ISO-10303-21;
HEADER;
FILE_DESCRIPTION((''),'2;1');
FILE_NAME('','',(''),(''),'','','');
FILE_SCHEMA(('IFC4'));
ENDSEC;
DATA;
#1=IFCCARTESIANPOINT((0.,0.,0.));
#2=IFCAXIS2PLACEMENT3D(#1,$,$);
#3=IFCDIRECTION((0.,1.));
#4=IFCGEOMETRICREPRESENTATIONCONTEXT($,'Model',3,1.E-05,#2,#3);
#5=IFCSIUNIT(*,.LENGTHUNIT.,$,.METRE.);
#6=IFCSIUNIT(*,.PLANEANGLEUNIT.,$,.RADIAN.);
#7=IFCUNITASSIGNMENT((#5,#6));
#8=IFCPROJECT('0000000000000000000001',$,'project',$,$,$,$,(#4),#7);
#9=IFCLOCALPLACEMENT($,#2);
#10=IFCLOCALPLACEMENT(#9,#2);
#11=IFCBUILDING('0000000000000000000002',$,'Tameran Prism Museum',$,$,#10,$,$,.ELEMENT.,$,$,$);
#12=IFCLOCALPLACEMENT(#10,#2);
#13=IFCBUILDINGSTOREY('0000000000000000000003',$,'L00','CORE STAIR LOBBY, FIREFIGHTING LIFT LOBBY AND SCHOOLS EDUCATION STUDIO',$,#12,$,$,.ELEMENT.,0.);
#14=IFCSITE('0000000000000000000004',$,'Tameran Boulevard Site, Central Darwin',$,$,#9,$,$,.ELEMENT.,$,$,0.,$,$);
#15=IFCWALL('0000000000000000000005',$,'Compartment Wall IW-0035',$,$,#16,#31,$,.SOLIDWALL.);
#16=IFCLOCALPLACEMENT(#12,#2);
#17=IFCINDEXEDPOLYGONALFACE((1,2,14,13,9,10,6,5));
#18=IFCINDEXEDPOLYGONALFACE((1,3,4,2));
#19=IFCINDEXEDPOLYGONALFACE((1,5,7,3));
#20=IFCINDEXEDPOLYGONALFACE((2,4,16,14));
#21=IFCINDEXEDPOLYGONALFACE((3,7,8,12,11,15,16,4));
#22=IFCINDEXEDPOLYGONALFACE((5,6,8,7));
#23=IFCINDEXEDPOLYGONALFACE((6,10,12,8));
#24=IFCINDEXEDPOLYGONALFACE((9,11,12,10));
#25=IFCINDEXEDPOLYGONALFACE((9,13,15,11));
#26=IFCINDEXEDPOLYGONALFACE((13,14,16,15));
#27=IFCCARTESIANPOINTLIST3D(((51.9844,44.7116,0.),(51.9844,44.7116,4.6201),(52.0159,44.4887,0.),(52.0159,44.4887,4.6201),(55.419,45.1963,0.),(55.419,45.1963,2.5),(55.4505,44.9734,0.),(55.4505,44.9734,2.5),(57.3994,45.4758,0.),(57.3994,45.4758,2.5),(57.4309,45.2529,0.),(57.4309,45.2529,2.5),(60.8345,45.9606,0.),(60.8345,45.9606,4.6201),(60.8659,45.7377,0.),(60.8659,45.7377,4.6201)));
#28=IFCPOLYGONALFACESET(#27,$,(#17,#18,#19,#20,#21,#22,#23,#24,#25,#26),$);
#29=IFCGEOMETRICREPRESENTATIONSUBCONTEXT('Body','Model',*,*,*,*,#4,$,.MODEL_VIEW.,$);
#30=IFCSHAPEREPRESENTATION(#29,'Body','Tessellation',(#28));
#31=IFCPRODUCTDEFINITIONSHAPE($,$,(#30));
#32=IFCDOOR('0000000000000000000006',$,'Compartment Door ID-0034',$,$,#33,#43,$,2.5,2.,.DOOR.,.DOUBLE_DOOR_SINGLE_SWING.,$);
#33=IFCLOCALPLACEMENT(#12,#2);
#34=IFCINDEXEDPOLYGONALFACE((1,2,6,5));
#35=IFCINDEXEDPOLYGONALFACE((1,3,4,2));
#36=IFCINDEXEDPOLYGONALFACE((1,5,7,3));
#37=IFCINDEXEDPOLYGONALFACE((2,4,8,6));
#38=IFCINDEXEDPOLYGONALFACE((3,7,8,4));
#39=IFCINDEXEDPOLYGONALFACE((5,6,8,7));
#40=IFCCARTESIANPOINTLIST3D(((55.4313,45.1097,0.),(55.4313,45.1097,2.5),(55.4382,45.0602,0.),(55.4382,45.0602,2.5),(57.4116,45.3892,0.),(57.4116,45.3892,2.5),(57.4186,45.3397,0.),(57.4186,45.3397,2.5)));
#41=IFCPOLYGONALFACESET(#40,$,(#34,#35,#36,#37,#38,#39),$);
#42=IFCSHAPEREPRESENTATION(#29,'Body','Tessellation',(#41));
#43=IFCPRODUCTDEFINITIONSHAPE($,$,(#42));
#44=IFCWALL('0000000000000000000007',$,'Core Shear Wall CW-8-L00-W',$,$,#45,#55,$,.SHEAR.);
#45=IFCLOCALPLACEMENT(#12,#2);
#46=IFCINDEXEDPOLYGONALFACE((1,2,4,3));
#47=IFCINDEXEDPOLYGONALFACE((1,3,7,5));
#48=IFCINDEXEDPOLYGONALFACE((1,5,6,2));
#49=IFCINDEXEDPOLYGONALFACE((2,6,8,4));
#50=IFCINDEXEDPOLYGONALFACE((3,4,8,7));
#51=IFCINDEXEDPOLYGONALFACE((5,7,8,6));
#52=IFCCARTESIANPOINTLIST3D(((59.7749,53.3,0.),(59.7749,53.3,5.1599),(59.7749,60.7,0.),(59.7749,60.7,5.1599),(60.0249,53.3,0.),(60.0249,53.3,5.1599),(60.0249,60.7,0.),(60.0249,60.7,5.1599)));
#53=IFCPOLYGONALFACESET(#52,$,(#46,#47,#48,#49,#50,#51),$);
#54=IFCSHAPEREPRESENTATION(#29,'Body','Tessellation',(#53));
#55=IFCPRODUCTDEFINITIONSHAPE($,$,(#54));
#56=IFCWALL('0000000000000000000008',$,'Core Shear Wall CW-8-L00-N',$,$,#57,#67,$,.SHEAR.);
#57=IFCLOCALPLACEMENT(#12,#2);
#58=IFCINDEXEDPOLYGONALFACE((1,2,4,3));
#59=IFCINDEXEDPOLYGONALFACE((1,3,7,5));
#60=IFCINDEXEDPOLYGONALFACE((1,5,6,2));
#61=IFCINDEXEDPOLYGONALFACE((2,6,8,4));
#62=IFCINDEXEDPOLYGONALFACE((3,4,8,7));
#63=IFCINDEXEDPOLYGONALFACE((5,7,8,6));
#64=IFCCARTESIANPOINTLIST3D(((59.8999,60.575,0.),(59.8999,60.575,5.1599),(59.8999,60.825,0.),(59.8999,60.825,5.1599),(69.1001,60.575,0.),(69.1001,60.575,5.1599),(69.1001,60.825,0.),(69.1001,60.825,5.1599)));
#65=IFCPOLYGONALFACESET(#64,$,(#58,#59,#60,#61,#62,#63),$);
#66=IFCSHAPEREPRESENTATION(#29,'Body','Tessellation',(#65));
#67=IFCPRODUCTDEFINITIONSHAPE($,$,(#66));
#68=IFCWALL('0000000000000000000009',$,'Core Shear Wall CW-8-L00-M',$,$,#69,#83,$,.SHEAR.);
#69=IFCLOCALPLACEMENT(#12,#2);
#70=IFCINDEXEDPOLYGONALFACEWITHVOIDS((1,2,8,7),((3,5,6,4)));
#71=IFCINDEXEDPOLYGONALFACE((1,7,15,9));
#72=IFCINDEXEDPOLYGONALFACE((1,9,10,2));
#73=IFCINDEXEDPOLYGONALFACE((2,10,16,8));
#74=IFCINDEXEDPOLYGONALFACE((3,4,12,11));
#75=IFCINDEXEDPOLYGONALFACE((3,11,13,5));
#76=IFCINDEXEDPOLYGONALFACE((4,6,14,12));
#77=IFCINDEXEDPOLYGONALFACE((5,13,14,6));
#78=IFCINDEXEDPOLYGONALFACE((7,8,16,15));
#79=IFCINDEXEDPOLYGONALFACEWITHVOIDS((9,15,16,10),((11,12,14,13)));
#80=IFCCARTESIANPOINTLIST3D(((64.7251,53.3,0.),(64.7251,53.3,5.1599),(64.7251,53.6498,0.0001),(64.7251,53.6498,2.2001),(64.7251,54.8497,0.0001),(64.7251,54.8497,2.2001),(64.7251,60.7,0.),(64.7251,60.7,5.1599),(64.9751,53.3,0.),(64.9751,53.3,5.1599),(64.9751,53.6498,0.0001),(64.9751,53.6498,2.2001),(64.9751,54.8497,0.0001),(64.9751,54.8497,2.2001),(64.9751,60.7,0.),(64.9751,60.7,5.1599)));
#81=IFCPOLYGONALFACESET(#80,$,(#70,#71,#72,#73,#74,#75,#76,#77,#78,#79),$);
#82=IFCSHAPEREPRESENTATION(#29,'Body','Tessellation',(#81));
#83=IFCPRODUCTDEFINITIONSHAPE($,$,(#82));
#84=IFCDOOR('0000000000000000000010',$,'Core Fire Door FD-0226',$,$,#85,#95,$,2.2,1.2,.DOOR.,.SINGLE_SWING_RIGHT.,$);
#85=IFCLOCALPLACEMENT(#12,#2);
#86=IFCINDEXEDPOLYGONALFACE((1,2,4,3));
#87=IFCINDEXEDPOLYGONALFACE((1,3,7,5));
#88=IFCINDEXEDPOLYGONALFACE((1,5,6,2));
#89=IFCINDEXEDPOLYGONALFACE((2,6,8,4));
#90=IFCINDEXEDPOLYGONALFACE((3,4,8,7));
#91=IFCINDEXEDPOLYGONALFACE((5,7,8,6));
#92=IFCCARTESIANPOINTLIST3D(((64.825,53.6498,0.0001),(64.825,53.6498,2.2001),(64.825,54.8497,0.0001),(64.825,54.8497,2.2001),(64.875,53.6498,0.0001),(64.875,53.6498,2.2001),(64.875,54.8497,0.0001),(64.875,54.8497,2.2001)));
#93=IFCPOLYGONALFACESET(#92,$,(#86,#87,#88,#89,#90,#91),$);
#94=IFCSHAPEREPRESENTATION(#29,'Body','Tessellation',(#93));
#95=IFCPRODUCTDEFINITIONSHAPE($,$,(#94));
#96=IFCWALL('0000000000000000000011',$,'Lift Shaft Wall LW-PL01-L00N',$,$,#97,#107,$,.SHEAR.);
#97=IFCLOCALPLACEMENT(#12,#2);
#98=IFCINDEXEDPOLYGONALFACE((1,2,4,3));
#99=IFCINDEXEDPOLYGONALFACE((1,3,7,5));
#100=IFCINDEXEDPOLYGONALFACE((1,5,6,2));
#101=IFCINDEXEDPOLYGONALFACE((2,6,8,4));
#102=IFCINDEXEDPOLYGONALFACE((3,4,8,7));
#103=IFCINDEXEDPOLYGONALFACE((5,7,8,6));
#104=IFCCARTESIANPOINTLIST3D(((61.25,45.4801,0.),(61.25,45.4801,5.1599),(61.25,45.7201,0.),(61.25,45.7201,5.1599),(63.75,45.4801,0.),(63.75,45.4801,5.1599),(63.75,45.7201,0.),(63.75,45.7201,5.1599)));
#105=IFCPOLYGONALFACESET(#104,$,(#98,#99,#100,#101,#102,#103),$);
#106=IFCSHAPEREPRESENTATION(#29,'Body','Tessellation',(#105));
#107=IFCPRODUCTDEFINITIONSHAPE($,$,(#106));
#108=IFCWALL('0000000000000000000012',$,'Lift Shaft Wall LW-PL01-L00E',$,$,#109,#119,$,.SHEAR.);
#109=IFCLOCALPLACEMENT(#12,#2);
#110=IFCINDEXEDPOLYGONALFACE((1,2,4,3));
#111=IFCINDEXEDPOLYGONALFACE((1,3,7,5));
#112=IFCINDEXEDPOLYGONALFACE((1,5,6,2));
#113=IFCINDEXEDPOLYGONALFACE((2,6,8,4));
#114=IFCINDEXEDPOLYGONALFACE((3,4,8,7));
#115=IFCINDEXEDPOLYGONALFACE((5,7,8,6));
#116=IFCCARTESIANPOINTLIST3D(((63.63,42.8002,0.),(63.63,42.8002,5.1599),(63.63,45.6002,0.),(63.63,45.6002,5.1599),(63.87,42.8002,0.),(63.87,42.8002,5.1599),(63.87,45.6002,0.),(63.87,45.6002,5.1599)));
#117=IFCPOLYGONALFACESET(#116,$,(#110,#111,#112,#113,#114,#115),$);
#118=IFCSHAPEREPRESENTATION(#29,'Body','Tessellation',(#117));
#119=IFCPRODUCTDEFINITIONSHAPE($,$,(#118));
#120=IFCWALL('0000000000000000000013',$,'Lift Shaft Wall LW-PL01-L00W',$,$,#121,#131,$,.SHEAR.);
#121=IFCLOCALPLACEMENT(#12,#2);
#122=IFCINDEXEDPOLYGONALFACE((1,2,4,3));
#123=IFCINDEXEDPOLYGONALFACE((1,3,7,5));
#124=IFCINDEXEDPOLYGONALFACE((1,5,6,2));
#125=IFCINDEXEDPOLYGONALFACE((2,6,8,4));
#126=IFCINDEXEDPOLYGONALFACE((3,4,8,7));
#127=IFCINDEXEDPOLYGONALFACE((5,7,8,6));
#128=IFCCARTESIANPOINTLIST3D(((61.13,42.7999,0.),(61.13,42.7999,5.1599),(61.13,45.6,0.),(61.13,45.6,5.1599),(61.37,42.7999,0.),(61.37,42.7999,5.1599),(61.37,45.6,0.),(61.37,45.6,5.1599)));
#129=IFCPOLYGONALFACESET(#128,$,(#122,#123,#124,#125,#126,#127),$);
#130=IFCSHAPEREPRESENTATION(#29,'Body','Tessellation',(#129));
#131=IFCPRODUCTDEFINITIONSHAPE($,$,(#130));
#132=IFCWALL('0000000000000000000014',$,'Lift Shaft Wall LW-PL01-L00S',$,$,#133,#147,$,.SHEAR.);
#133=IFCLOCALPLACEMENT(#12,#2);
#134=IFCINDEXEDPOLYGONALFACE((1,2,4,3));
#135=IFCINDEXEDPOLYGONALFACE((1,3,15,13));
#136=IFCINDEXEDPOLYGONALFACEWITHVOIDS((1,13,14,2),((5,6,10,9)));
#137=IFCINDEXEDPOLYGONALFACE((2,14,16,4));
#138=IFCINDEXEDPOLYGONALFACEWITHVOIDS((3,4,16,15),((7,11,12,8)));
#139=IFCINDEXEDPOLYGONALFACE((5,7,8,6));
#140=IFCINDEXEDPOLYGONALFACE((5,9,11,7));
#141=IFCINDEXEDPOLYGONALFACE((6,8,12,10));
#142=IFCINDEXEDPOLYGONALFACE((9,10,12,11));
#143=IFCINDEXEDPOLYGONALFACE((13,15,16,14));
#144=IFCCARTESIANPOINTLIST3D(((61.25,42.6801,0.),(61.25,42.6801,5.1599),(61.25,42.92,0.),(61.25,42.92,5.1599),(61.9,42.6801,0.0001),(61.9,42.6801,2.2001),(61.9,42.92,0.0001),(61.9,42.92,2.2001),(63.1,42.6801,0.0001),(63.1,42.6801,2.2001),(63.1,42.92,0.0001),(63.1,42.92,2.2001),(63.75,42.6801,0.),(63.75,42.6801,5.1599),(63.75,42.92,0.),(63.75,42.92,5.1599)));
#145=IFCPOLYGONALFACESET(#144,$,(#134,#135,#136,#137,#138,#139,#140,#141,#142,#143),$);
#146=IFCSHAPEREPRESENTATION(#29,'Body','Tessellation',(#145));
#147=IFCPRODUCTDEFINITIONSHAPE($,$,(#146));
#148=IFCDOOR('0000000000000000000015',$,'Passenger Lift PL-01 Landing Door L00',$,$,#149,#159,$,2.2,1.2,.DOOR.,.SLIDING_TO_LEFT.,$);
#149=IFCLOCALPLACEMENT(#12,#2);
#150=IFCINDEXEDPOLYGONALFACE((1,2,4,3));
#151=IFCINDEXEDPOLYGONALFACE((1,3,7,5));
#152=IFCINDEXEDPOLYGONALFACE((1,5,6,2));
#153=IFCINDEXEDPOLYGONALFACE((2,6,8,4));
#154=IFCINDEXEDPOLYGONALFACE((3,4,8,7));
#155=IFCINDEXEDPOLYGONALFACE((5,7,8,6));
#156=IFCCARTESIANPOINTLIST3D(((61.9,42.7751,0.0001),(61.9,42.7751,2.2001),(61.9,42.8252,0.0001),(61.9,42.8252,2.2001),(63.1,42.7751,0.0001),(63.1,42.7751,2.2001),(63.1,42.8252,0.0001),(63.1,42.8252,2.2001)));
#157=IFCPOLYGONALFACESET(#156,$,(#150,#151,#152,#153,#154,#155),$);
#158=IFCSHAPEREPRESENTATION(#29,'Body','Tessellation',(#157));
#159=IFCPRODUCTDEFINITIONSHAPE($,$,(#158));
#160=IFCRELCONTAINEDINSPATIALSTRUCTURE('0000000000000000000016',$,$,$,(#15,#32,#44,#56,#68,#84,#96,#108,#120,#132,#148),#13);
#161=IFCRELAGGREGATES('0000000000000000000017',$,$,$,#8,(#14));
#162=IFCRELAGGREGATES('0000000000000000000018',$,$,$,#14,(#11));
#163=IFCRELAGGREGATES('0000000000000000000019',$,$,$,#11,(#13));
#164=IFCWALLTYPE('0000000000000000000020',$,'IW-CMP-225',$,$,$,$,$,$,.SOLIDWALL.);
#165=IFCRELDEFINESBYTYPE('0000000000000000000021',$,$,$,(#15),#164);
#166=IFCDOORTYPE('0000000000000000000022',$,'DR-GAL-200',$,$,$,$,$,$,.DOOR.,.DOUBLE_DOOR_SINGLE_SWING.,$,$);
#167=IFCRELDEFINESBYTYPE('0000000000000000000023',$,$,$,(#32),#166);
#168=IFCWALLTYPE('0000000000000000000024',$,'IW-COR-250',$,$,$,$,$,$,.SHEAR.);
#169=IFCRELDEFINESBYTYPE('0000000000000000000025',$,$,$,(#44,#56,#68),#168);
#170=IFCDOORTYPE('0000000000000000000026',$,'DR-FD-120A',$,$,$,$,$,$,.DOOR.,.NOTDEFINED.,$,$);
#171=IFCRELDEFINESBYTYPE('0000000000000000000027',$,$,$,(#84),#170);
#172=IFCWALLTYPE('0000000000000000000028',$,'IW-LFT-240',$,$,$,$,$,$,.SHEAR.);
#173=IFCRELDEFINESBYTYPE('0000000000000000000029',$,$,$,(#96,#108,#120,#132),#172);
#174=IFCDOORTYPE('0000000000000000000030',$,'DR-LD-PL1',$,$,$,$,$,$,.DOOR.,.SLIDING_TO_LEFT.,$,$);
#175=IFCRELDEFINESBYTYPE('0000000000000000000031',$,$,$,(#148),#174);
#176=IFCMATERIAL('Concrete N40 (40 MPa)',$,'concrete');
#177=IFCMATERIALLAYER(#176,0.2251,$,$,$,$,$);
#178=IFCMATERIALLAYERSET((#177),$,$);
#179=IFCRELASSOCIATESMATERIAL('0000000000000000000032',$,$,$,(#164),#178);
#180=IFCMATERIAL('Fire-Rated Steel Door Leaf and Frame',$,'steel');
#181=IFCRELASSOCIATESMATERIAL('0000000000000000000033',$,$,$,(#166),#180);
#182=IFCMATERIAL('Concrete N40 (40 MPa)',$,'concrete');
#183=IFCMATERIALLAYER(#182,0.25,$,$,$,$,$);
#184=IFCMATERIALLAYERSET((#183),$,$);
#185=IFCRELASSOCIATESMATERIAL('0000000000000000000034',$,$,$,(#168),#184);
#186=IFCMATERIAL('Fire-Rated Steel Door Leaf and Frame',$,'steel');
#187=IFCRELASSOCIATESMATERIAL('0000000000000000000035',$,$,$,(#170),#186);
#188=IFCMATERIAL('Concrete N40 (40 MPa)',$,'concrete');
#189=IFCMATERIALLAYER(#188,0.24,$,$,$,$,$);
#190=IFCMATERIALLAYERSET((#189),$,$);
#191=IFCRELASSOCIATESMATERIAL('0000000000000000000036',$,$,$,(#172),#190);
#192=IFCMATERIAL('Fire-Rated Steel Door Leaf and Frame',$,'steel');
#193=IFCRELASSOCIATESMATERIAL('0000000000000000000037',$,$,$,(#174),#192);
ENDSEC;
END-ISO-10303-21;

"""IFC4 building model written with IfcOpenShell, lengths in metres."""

from ifc_helpers import new_model, si_unit, direction, frame, frame_2d, origin, place, context, subcontext, project, spatial, rectangle, extrude, material, layer, layer_set, type_object, element, fill, save


model = new_model("IFC4")

# Units and contexts
model_context = context("Model", 3, precision=1e-05, world=origin(), true_north=direction((0.0, 1.0)))
body_context = subcontext(model_context, "Body", "Model", "MODEL_VIEW")
ifc_project = project(units=[si_unit("LENGTHUNIT", "METRE"), si_unit("PLANEANGLEUNIT", "RADIAN")], contexts=[model_context])

# Site, building, storey
site_placement = place(None, origin())
site = spatial("IfcSite", under=ifc_project, at=site_placement, Name="Tameran Boulevard Site, Central Darwin", CompositionType="ELEMENT", RefElevation=0.0)
building_placement = place(site_placement, origin())
building = spatial("IfcBuilding", under=site, at=building_placement, Name="Tameran Prism Museum", CompositionType="ELEMENT")
storey_placement = place(building_placement, origin())
storey = spatial("IfcBuildingStorey", under=building, at=storey_placement, Name="L00", Description="CORE STAIR LOBBY, FIREFIGHTING LIFT LOBBY AND SCHOOLS EDUCATION STUDIO", CompositionType="ELEMENT", Elevation=0.0)

# Wall, opening, door
ifc_material_1 = material(Name="Concrete N40 (40 MPa)", Category="concrete")
ifc_layer_1 = layer(ifc_material_1, 0.2251)
ifc_layer_set_1 = layer_set([ifc_layer_1])
wall_type_1 = type_object("IfcWallType", Name="IW-CMP-225", PredefinedType="SOLIDWALL", material=ifc_layer_set_1)
wall_1_placement = place(storey_placement, frame((60.8501, 45.8491, 0.0), z_axis=(0.0, 0.0, 1.0), x_axis=(-0.990187, -0.139746, 0.0)))
wall_1 = element("IfcWall", 1, at=wall_1_placement, inside=storey, type_object=wall_type_1, Name="Compartment Wall IW-0035", PredefinedType="SOLIDWALL", context=body_context, shape_type="SweptSolid", body=[
    extrude(rectangle(XDim=8.9377, YDim=0.2251, at=frame_2d((4.4688, 0.0))), origin(), (0.0, 0.0, 1.0), 4.6201),
])
opening_1_placement = place(wall_1_placement, frame((3.469, 0.0, 0.0)))
opening_1 = element("IfcOpeningElement", 2, at=opening_1_placement, cuts=wall_1, PredefinedType="OPENING", context=body_context, shape_type="SweptSolid", body=[
    extrude(rectangle(XDim=2.0, YDim=2.5, at=frame_2d((1.0, 1.25))), frame((0.0, 0.1226, 0.0), z_axis=(0.0, -1.0, 0.0), x_axis=(1.0, 0.0, 0.0)), (0.0, 0.0, 1.0), 0.2451),
])
ifc_material_2 = material(Name="Fire-Rated Steel Door Leaf and Frame", Category="steel")
door_type_1 = type_object("IfcDoorType", Name="DR-GAL-200", OperationType="DOUBLE_DOOR_SINGLE_SWING", PredefinedType="DOOR", material=ifc_material_2)
door_1_placement = place(opening_1_placement, origin())
door_1 = element("IfcDoor", 3, at=door_1_placement, inside=storey, type_object=door_type_1, Name="Compartment Door ID-0034", OperationType="DOUBLE_DOOR_SINGLE_SWING", OverallHeight=2.5, OverallWidth=2.0, PredefinedType="DOOR", context=body_context, shape_type="SweptSolid", body=[
    extrude(rectangle(XDim=2.0, YDim=2.5, at=frame_2d((1.0, 1.25))), frame((0.0, 0.0249, 0.0), z_axis=(0.0, -1.0, 0.0), x_axis=(1.0, 0.0, 0.0)), (0.0, 0.0, 1.0), 0.05),
])
fill(opening_1, door_1)

# Walls
ifc_material_3 = material(Name="Concrete N40 (40 MPa)", Category="concrete")
ifc_layer_2 = layer(ifc_material_3, 0.25)
ifc_layer_set_2 = layer_set([ifc_layer_2])
wall_type_2 = type_object("IfcWallType", Name="IW-COR-250", PredefinedType="SHEAR", material=ifc_layer_set_2)
wall_2_placement = place(storey_placement, frame((59.8999, 53.3, 0.0), z_axis=(0.0, 0.0, 1.0), x_axis=(0.0, 1.0, 0.0)))
element("IfcWall", 4, at=wall_2_placement, inside=storey, type_object=wall_type_2, Name="Core Shear Wall CW-8-L00-W", PredefinedType="SHEAR", context=body_context, shape_type="SweptSolid", body=[
    extrude(rectangle(XDim=7.3999, YDim=0.25, at=frame_2d((3.7, 0.0))), origin(), (0.0, 0.0, 1.0), 5.1599),
])
wall_3_placement = place(storey_placement, frame((59.8999, 60.7, 0.0), z_axis=(0.0, 0.0, 1.0), x_axis=(1.0, 0.0, 0.0)))
element("IfcWall", 5, at=wall_3_placement, inside=storey, type_object=wall_type_2, Name="Core Shear Wall CW-8-L00-N", PredefinedType="SHEAR", context=body_context, shape_type="SweptSolid", body=[
    extrude(rectangle(XDim=9.2002, YDim=0.25, at=frame_2d((4.6001, 0.0))), origin(), (0.0, 0.0, 1.0), 5.1599),
])

# Wall, opening, door
wall_4_placement = place(storey_placement, frame((64.8501, 60.7, 0.0), z_axis=(0.0, 0.0, 1.0), x_axis=(0.0, -1.0, 0.0)))
wall_4 = element("IfcWall", 6, at=wall_4_placement, inside=storey, type_object=wall_type_2, Name="Core Shear Wall CW-8-L00-M", PredefinedType="SHEAR", context=body_context, shape_type="SweptSolid", body=[
    extrude(rectangle(XDim=7.3999, YDim=0.25, at=frame_2d((3.7, 0.0))), origin(), (0.0, 0.0, 1.0), 5.1599),
])
opening_2_placement = place(wall_4_placement, frame((5.8501, 0.0, 0.0)))
opening_2 = element("IfcOpeningElement", 7, at=opening_2_placement, cuts=wall_4, PredefinedType="OPENING", context=body_context, shape_type="SweptSolid", body=[
    extrude(rectangle(XDim=1.2, YDim=2.2, at=frame_2d((0.6001, 1.1001))), frame((0.0, 0.135, 0.0), z_axis=(0.0, -1.0, 0.0), x_axis=(1.0, 0.0, 0.0)), (0.0, 0.0, 1.0), 0.27),
])
ifc_material_4 = material(Name="Fire-Rated Steel Door Leaf and Frame", Category="steel")
door_type_2 = type_object("IfcDoorType", Name="DR-FD-120A", OperationType="NOTDEFINED", PredefinedType="DOOR", material=ifc_material_4)
door_2_placement = place(opening_2_placement, origin())
door_2 = element("IfcDoor", 8, at=door_2_placement, inside=storey, type_object=door_type_2, Name="Core Fire Door FD-0226", OperationType="SINGLE_SWING_RIGHT", OverallHeight=2.2, OverallWidth=1.2, PredefinedType="DOOR", context=body_context, shape_type="SweptSolid", body=[
    extrude(rectangle(XDim=1.2, YDim=2.2, at=frame_2d((0.6001, 1.1001))), frame((0.0, 0.0249, 0.0), z_axis=(0.0, -1.0, 0.0), x_axis=(1.0, 0.0, 0.0)), (0.0, 0.0, 1.0), 0.05),
])
fill(opening_2, door_2)

# Walls
ifc_material_5 = material(Name="Concrete N40 (40 MPa)", Category="concrete")
ifc_layer_3 = layer(ifc_material_5, 0.24)
ifc_layer_set_3 = layer_set([ifc_layer_3])
wall_type_3 = type_object("IfcWallType", Name="IW-LFT-240", PredefinedType="SHEAR", material=ifc_layer_set_3)
wall_5_placement = place(storey_placement, frame((61.25, 45.6001, 0.0), z_axis=(0.0, 0.0, 1.0), x_axis=(1.0, 0.0, 0.0)))
element("IfcWall", 9, at=wall_5_placement, inside=storey, type_object=wall_type_3, Name="Lift Shaft Wall LW-PL01-L00N", PredefinedType="SHEAR", context=body_context, shape_type="SweptSolid", body=[
    extrude(rectangle(XDim=2.5, YDim=0.24, at=frame_2d((1.25, 0.0))), origin(), (0.0, 0.0, 1.0), 5.1599),
])
for number, where, z_axis, x_axis, name in (
    (10, (63.75, 45.6001, 0.0), (0.0, 0.0, 1.0), (0.0, -1.0, 0.0), "Lift Shaft Wall LW-PL01-L00E"),
    (11, (61.25, 42.8, 0.0), (0.0, 0.0, 1.0), (0.0, 1.0, 0.0), "Lift Shaft Wall LW-PL01-L00W"),
):
    element("IfcWall", number, at=place(storey_placement, frame(where, z_axis=z_axis, x_axis=x_axis)), inside=storey, type_object=wall_type_3, Name=name, PredefinedType="SHEAR", context=body_context, shape_type="SweptSolid", body=[
        extrude(rectangle(XDim=2.8, YDim=0.24, at=frame_2d((1.3999, 0.0))), origin(), (0.0, 0.0, 1.0), 5.1599),
    ])

# Wall, opening, door
wall_6_placement = place(storey_placement, frame((63.75, 42.8, 0.0), z_axis=(0.0, 0.0, 1.0), x_axis=(-1.0, 0.0, 0.0)))
wall_6 = element("IfcWall", 12, at=wall_6_placement, inside=storey, type_object=wall_type_3, Name="Lift Shaft Wall LW-PL01-L00S", PredefinedType="SHEAR", context=body_context, shape_type="SweptSolid", body=[
    extrude(rectangle(XDim=2.5, YDim=0.24, at=frame_2d((1.25, 0.0))), origin(), (0.0, 0.0, 1.0), 5.1599),
])
opening_3_placement = place(wall_6_placement, frame((0.6499, 0.0, 0.0)))
opening_3 = element("IfcOpeningElement", 13, at=opening_3_placement, cuts=wall_6, PredefinedType="OPENING", context=body_context, shape_type="SweptSolid", body=[
    extrude(rectangle(XDim=1.2, YDim=2.2, at=frame_2d((0.6001, 1.1001))), frame((0.0, 0.1299, 0.0), z_axis=(0.0, -1.0, 0.0), x_axis=(1.0, 0.0, 0.0)), (0.0, 0.0, 1.0), 0.26),
])
ifc_material_6 = material(Name="Fire-Rated Steel Door Leaf and Frame", Category="steel")
door_type_3 = type_object("IfcDoorType", Name="DR-LD-PL1", OperationType="SLIDING_TO_LEFT", PredefinedType="DOOR", material=ifc_material_6)
door_3_placement = place(opening_3_placement, origin())
door_3 = element("IfcDoor", 14, at=door_3_placement, inside=storey, type_object=door_type_3, Name="Passenger Lift PL-01 Landing Door L00", OperationType="SLIDING_TO_LEFT", OverallHeight=2.2, OverallWidth=1.2, PredefinedType="DOOR", context=body_context, shape_type="SweptSolid", body=[
    extrude(rectangle(XDim=1.2, YDim=2.2, at=frame_2d((0.6001, 1.1001))), frame((0.0, 0.0249, 0.0), z_axis=(0.0, -1.0, 0.0), x_axis=(1.0, 0.0, 0.0)), (0.0, 0.0, 1.0), 0.05),
])
fill(opening_3, door_3)

save(model, "model.ifc")
